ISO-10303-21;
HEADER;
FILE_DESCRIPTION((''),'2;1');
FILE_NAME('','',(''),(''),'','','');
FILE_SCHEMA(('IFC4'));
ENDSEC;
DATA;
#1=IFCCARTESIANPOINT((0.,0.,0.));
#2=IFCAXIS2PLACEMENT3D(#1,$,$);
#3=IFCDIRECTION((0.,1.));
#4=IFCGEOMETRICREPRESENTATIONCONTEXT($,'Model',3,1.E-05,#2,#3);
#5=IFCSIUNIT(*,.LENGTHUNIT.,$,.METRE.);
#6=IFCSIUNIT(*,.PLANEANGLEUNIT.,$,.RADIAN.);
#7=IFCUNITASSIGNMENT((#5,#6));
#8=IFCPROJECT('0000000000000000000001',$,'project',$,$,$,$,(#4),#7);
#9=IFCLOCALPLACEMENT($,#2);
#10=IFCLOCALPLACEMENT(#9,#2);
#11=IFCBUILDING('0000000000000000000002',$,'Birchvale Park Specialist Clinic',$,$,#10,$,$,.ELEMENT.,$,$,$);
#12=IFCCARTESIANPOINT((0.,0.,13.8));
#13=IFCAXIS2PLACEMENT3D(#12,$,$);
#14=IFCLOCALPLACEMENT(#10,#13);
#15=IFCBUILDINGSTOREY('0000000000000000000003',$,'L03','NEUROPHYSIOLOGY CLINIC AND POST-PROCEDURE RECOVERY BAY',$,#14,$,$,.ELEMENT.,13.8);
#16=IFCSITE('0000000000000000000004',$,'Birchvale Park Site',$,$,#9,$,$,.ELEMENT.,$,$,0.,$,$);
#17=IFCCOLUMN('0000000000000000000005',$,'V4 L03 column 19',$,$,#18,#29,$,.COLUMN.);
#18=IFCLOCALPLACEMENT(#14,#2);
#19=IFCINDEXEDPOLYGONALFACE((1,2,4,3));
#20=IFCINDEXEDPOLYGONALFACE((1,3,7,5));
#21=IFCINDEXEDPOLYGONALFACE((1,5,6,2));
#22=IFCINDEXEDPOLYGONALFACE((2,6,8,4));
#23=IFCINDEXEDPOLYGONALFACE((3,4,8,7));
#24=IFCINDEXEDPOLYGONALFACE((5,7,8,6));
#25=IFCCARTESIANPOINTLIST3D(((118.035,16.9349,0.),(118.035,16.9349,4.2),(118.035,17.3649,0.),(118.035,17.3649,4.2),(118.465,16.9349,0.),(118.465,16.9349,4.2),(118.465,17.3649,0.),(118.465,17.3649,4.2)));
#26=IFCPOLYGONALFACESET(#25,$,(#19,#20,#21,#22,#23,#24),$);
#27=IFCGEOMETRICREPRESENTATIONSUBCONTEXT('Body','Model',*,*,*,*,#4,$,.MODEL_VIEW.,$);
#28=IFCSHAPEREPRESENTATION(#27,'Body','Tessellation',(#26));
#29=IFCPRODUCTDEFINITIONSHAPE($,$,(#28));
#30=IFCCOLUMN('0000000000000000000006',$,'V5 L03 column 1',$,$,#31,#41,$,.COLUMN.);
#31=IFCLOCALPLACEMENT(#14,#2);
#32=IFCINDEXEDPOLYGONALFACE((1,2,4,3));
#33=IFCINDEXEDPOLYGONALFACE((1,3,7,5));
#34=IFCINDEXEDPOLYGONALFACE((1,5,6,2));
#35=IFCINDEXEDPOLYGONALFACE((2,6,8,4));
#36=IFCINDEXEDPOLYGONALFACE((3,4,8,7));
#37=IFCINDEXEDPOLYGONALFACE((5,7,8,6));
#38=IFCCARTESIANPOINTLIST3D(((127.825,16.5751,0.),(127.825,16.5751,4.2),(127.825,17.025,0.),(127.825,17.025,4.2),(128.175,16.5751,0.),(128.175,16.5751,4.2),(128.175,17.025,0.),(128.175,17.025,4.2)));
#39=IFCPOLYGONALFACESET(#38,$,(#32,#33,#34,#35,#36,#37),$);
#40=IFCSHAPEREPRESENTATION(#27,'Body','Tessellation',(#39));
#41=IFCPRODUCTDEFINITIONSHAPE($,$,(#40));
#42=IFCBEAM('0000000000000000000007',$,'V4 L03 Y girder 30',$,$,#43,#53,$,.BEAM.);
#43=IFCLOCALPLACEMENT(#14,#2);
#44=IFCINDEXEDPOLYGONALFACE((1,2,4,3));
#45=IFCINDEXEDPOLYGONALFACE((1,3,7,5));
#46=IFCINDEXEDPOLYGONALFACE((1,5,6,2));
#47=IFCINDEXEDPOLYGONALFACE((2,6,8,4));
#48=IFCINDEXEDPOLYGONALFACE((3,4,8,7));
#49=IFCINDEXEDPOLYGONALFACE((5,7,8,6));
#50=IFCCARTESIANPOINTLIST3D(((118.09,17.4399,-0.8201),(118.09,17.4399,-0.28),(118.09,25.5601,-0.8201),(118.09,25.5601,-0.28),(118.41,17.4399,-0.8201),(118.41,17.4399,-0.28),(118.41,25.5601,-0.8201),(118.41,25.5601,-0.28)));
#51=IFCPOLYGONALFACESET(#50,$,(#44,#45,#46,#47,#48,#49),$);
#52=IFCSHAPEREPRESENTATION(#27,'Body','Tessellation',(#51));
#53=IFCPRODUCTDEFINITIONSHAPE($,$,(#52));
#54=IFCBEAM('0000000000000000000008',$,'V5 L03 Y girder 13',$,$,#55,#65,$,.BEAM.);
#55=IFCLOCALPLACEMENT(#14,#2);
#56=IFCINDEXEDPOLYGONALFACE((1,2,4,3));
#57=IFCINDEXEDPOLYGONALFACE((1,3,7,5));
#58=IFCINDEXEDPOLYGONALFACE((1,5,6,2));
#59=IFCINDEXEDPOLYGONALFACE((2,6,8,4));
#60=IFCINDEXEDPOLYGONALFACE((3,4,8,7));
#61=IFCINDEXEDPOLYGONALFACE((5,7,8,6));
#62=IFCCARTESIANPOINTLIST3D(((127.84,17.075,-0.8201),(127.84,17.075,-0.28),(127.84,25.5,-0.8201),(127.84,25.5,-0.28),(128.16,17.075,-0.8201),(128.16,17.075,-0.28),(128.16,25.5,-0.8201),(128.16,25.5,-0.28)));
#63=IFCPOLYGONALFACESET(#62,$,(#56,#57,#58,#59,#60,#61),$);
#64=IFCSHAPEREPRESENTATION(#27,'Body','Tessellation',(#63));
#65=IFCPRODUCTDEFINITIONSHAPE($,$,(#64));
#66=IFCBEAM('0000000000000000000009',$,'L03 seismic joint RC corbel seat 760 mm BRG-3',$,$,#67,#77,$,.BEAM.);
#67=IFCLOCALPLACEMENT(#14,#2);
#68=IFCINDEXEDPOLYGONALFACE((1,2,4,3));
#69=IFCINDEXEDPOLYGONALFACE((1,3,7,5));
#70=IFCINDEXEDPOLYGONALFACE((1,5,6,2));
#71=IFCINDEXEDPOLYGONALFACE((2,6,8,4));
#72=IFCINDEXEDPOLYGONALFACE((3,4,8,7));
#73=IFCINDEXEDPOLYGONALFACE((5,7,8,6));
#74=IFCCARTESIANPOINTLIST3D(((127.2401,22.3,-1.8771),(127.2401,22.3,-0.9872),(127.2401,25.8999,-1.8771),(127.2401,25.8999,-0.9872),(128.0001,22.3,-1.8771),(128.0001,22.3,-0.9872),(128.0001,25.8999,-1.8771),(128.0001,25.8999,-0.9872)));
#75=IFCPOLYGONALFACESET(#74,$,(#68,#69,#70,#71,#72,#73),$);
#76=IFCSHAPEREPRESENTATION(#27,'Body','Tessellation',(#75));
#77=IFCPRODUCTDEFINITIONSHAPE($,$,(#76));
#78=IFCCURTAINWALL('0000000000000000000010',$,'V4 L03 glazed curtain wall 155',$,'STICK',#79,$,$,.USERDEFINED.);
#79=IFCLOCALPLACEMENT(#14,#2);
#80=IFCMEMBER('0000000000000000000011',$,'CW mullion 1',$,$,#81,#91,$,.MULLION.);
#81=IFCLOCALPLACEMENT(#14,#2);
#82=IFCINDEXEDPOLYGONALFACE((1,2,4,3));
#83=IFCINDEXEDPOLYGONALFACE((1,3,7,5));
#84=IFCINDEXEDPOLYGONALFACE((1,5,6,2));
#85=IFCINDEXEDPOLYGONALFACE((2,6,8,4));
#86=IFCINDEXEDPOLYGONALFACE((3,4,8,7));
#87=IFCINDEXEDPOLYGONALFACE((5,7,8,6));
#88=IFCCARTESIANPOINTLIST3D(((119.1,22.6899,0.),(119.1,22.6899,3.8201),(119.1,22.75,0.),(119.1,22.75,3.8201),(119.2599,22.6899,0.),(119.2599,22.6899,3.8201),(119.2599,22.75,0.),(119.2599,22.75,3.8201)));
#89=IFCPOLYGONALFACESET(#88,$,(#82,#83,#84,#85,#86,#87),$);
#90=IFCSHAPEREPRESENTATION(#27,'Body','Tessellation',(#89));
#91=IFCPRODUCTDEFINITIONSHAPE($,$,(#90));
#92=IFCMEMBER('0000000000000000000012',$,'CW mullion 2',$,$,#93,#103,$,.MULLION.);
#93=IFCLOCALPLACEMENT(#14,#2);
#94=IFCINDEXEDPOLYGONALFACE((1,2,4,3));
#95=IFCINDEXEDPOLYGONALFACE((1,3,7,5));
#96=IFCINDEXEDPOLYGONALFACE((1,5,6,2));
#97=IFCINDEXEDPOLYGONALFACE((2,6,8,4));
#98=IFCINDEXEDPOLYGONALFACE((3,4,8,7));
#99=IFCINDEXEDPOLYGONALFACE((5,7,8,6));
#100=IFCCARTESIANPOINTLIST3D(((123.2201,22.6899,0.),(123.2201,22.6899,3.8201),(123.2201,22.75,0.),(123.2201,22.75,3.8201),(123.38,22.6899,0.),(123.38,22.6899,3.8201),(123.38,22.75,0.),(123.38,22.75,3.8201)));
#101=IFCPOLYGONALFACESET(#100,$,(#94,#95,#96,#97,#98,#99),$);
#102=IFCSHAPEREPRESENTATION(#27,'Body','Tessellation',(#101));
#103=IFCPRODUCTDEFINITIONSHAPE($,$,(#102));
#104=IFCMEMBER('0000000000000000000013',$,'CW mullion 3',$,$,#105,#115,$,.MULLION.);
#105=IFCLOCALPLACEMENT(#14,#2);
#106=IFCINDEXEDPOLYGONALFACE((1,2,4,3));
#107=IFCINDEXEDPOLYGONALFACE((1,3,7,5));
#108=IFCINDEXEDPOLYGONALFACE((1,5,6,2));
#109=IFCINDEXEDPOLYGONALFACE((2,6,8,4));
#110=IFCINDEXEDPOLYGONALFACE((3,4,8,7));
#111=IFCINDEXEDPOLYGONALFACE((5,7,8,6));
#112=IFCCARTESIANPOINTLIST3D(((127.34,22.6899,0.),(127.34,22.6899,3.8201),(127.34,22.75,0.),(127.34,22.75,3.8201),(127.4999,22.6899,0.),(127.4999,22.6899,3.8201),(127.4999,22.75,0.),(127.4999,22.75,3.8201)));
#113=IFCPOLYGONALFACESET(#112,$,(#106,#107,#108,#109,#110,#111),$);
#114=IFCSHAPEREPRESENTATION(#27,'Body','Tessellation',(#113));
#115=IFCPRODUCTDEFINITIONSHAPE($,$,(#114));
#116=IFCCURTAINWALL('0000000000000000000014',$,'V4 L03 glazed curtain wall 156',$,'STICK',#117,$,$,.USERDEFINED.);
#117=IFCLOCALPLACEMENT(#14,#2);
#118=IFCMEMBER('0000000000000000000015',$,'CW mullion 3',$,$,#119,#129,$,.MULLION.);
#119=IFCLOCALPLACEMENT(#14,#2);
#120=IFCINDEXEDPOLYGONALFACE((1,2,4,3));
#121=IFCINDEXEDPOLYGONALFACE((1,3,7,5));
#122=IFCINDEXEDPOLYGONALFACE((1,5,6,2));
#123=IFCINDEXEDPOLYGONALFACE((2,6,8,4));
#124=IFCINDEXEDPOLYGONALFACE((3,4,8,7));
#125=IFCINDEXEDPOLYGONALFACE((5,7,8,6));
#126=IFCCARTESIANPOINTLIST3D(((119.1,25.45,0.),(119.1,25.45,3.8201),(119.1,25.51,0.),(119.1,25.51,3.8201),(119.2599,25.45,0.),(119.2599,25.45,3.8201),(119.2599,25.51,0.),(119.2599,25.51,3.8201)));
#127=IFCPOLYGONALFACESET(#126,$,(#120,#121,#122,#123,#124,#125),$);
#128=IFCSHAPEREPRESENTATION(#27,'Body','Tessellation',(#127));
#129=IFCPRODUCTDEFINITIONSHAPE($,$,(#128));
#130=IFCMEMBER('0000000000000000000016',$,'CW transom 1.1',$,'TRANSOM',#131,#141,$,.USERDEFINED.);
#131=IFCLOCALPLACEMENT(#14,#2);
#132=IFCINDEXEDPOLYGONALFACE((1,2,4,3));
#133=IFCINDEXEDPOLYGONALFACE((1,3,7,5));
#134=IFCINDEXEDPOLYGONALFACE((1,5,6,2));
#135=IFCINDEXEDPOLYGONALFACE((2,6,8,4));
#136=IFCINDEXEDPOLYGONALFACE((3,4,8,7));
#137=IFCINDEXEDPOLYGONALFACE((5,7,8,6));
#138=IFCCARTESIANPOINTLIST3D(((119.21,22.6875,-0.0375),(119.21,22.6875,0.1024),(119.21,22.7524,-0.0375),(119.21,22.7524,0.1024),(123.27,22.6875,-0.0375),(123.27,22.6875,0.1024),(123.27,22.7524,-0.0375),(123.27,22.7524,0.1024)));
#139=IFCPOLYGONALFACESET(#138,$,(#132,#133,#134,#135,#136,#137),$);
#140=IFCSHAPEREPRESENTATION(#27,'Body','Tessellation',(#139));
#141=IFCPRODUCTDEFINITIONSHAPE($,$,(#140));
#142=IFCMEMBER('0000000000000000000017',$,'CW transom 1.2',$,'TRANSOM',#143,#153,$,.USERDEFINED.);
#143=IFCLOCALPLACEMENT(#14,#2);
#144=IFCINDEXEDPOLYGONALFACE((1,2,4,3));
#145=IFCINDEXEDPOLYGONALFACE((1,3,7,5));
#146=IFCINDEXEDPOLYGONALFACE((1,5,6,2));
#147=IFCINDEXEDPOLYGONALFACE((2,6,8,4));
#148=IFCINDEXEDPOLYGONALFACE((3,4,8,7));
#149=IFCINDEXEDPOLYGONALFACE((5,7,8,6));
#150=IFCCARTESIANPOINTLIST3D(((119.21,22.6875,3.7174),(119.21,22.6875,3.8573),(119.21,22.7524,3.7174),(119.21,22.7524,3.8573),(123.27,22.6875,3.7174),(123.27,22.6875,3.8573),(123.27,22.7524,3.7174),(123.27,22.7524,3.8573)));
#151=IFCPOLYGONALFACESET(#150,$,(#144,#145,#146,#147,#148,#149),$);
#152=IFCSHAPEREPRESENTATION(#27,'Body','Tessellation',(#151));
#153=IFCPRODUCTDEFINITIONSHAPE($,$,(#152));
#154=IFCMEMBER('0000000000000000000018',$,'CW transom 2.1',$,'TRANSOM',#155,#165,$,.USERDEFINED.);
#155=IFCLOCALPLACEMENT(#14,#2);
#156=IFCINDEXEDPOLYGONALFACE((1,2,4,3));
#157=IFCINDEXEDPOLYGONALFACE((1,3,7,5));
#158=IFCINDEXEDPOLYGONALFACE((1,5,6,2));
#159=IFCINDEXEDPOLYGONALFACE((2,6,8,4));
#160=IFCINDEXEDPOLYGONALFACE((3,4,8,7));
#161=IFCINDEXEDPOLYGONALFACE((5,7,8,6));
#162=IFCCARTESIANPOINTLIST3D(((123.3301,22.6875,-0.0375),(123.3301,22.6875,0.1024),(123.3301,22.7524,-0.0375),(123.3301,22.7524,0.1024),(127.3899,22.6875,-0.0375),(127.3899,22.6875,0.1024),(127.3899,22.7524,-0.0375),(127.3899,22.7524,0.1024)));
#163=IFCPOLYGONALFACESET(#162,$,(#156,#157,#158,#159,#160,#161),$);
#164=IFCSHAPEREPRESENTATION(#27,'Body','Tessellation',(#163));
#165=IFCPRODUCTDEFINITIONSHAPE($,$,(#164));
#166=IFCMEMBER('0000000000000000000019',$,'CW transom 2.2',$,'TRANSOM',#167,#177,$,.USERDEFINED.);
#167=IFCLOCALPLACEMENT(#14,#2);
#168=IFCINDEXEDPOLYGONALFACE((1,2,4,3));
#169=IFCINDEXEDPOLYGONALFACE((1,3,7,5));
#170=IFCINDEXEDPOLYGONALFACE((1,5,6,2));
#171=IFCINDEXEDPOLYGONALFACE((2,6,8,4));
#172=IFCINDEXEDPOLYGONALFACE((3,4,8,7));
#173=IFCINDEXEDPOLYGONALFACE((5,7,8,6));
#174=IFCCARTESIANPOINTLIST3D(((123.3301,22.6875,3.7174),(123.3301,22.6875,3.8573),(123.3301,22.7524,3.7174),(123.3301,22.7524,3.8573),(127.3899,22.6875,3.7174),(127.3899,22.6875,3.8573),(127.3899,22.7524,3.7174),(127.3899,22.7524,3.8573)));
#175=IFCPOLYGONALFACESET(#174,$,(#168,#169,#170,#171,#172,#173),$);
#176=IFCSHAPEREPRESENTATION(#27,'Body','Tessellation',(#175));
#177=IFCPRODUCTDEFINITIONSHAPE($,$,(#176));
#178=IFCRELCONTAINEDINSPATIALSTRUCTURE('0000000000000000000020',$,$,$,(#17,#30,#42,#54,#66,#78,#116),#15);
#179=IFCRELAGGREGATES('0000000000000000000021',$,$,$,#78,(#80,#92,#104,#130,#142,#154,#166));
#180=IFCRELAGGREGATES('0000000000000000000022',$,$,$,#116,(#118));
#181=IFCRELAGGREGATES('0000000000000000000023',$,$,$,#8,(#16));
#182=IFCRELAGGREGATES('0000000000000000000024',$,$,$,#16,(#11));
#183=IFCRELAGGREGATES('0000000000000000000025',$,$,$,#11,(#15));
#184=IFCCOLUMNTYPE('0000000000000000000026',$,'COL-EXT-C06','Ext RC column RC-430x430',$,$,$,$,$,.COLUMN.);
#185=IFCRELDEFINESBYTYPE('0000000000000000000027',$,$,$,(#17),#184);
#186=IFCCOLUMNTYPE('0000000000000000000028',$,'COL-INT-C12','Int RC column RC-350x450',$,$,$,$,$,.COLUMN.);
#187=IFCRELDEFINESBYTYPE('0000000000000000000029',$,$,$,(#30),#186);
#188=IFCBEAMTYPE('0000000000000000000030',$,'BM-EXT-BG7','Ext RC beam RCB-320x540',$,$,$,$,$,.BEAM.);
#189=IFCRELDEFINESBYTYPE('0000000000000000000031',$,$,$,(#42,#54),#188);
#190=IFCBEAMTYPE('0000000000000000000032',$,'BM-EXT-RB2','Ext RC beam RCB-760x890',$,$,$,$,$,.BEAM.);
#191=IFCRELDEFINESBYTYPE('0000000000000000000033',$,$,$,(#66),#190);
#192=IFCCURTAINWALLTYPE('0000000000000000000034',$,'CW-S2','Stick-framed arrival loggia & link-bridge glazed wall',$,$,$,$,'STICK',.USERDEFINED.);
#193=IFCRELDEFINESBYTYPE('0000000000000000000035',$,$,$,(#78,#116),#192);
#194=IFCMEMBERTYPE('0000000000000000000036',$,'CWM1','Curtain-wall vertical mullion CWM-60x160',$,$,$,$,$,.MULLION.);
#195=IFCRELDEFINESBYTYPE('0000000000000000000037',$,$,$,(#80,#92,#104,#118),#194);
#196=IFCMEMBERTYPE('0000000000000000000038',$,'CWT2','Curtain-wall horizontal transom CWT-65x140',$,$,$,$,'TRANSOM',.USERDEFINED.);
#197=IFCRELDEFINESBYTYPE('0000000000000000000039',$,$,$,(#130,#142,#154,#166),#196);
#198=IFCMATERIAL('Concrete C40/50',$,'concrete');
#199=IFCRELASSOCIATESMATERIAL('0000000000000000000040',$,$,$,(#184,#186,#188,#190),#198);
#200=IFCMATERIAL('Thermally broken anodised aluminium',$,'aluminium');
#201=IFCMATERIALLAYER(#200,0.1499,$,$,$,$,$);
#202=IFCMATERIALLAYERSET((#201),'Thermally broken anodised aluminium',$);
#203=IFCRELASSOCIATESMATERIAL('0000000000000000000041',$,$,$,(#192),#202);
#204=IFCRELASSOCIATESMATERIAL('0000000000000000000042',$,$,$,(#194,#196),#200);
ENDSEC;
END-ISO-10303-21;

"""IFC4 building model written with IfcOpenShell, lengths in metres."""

from ifc_helpers import new_model, si_unit, direction, frame, origin, origin_2d, place, context, subcontext, project, spatial, rectangle, extrude, material, layer, layer_set, material_profile, profile_set, type_object, element, aggregate, save


model = new_model("IFC4")

# Units and contexts
model_context = context("Model", 3, precision=1e-05, world=origin(), true_north=direction((0.0, 1.0)))
body_context = subcontext(model_context, "Body", "Model", "MODEL_VIEW")
ifc_project = project(units=[si_unit("LENGTHUNIT", "METRE"), si_unit("PLANEANGLEUNIT", "RADIAN")], contexts=[model_context])

# Site, building, storey
site_placement = place(None, origin())
site = spatial("IfcSite", under=ifc_project, at=site_placement, Name="Birchvale Park Site", CompositionType="ELEMENT", RefElevation=0.0)
building_placement = place(site_placement, origin())
building = spatial("IfcBuilding", under=site, at=building_placement, Name="Birchvale Park Specialist Clinic", CompositionType="ELEMENT")
storey_placement = place(building_placement, frame((0.0, 0.0, 13.8)))
storey = spatial("IfcBuildingStorey", under=building, at=storey_placement, Name="L03", Description="NEUROPHYSIOLOGY CLINIC AND POST-PROCEDURE RECOVERY BAY", CompositionType="ELEMENT", Elevation=13.8)

# Columns
ifc_material_1 = material(Name="Concrete C40/50", Category="concrete")
ifc_material_profile_1 = material_profile(ifc_material_1, rectangle(XDim=0.4299, YDim=0.4299, at=origin_2d()), Name="RC-430x430")
ifc_profile_set_1 = profile_set([ifc_material_profile_1], Name="Concrete C40/50")
column_type_1 = type_object("IfcColumnType", Name="COL-EXT-C06", Description="Ext RC column RC-430x430", PredefinedType="COLUMN", material=ifc_profile_set_1)
column_1_placement = place(storey_placement, frame((118.25, 17.1499, 0.0), z_axis=(0.0, 0.0, 1.0), x_axis=(1.0, 0.0, 0.0)))
element("IfcColumn", 1, at=column_1_placement, inside=storey, type_object=column_type_1, Name="V4 L03 column 19", PredefinedType="COLUMN", context=body_context, shape_type="SweptSolid", body=[
    extrude(rectangle(XDim=0.4299, YDim=0.4299, at=origin_2d()), origin(), (0.0, 0.0, 1.0), 4.2),
])
ifc_material_profile_2 = material_profile(ifc_material_1, rectangle(XDim=0.3501, YDim=0.45, at=origin_2d()), Name="RC-350x450")
ifc_profile_set_2 = profile_set([ifc_material_profile_2], Name="Concrete C40/50")
column_type_2 = type_object("IfcColumnType", Name="COL-INT-C12", Description="Int RC column RC-350x450", PredefinedType="COLUMN", material=ifc_profile_set_2)
column_2_placement = place(storey_placement, frame((128.0, 16.8, 0.0), z_axis=(0.0, 0.0, 1.0), x_axis=(1.0, 0.0, 0.0)))
element("IfcColumn", 2, at=column_2_placement, inside=storey, type_object=column_type_2, Name="V5 L03 column 1", PredefinedType="COLUMN", context=body_context, shape_type="SweptSolid", body=[
    extrude(rectangle(XDim=0.3501, YDim=0.45, at=origin_2d()), origin(), (0.0, 0.0, 1.0), 4.2),
])

# Beams
ifc_material_profile_3 = material_profile(ifc_material_1, rectangle(XDim=0.3201, YDim=0.54, at=origin_2d()), Name="RCB-320x540")
ifc_profile_set_3 = profile_set([ifc_material_profile_3], Name="Concrete C40/50")
beam_type_1 = type_object("IfcBeamType", Name="BM-EXT-BG7", Description="Ext RC beam RCB-320x540", PredefinedType="BEAM", material=ifc_profile_set_3)
beam_1_placement = place(storey_placement, frame((118.25, 17.4399, -0.55), z_axis=(0.0, 1.0, 0.0), x_axis=(-1.0, 0.0, 0.0)))
element("IfcBeam", 3, at=beam_1_placement, inside=storey, type_object=beam_type_1, Name="V4 L03 Y girder 30", PredefinedType="BEAM", context=body_context, shape_type="SweptSolid", body=[
    extrude(rectangle(XDim=0.3201, YDim=0.54, at=origin_2d()), origin(), (0.0, 0.0, 1.0), 8.1201),
])
beam_2_placement = place(storey_placement, frame((128.0, 17.075, -0.55), z_axis=(0.0, 1.0, 0.0), x_axis=(-1.0, 0.0, 0.0)))
element("IfcBeam", 4, at=beam_2_placement, inside=storey, type_object=beam_type_1, Name="V5 L03 Y girder 13", PredefinedType="BEAM", context=body_context, shape_type="SweptSolid", body=[
    extrude(rectangle(XDim=0.3201, YDim=0.54, at=origin_2d()), origin(), (0.0, 0.0, 1.0), 8.425),
])
ifc_material_profile_4 = material_profile(ifc_material_1, rectangle(XDim=0.76, YDim=0.8899, at=origin_2d()), Name="RCB-760x890")
ifc_profile_set_4 = profile_set([ifc_material_profile_4], Name="Concrete C40/50")
beam_type_2 = type_object("IfcBeamType", Name="BM-EXT-RB2", Description="Ext RC beam RCB-760x890", PredefinedType="BEAM", material=ifc_profile_set_4)
beam_3_placement = place(storey_placement, frame((127.6201, 22.3, -1.4321), z_axis=(0.0, 1.0, 0.0), x_axis=(-1.0, 0.0, 0.0)))
element("IfcBeam", 5, at=beam_3_placement, inside=storey, type_object=beam_type_2, Name="L03 seismic joint RC corbel seat 760 mm BRG-3", PredefinedType="BEAM", context=body_context, shape_type="SweptSolid", body=[
    extrude(rectangle(XDim=0.76, YDim=0.8899, at=origin_2d()), origin(), (0.0, 0.0, 1.0), 3.5999),
])

# Curtain wall, members
ifc_material_2 = material(Name="Thermally broken anodised aluminium", Category="aluminium")
ifc_layer_1 = layer(ifc_material_2, 0.1499)
ifc_layer_set_1 = layer_set([ifc_layer_1], Name="Thermally broken anodised aluminium")
curtain_wall_type = type_object("IfcCurtainWallType", Name="CW-S2", Description="Stick-framed arrival loggia & link-bridge glazed wall", ElementType="STICK", PredefinedType="USERDEFINED", material=ifc_layer_set_1)
curtain_wall_1_placement = place(storey_placement, origin())
curtain_wall_1 = element("IfcCurtainWall", 6, at=curtain_wall_1_placement, inside=storey, type_object=curtain_wall_type, Name="V4 L03 glazed curtain wall 155", ObjectType="STICK", PredefinedType="USERDEFINED")
ifc_material_profile_5 = material_profile(ifc_material_2, rectangle(XDim=0.0601, YDim=0.1599, at=origin_2d()), Name="CWM-60x160")
ifc_profile_set_5 = profile_set([ifc_material_profile_5], Name="Thermally broken anodised aluminium")
member_type_1 = type_object("IfcMemberType", Name="CWM1", Description="Curtain-wall vertical mullion CWM-60x160", PredefinedType="MULLION", material=ifc_profile_set_5)
member_1_placement = place(storey_placement, frame((119.1799, 22.72, 0.0), z_axis=(0.0, 0.0, 1.0), x_axis=(0.0, 1.0, 0.0)))
member_1 = element("IfcMember", 7, at=member_1_placement, type_object=member_type_1, Name="CW mullion 1", PredefinedType="MULLION", context=body_context, shape_type="SweptSolid", body=[
    extrude(rectangle(XDim=0.0601, YDim=0.1599, at=origin_2d()), origin(), (0.0, 0.0, 1.0), 3.8201),
])
member_2_placement = place(storey_placement, frame((123.3, 22.72, 0.0), z_axis=(0.0, 0.0, 1.0), x_axis=(0.0, 1.0, 0.0)))
member_2 = element("IfcMember", 8, at=member_2_placement, type_object=member_type_1, Name="CW mullion 2", PredefinedType="MULLION", context=body_context, shape_type="SweptSolid", body=[
    extrude(rectangle(XDim=0.0601, YDim=0.1599, at=origin_2d()), origin(), (0.0, 0.0, 1.0), 3.8201),
])
member_3_placement = place(storey_placement, frame((127.4199, 22.72, 0.0), z_axis=(0.0, 0.0, 1.0), x_axis=(0.0, 1.0, 0.0)))
member_3 = element("IfcMember", 9, at=member_3_placement, type_object=member_type_1, Name="CW mullion 3", PredefinedType="MULLION", context=body_context, shape_type="SweptSolid", body=[
    extrude(rectangle(XDim=0.0601, YDim=0.1599, at=origin_2d()), origin(), (0.0, 0.0, 1.0), 3.8201),
])

# Curtain wall, member
curtain_wall_2_placement = place(storey_placement, origin())
curtain_wall_2 = element("IfcCurtainWall", 10, at=curtain_wall_2_placement, inside=storey, type_object=curtain_wall_type, Name="V4 L03 glazed curtain wall 156", ObjectType="STICK", PredefinedType="USERDEFINED")
member_4_placement = place(storey_placement, frame((119.1799, 25.48, 0.0), z_axis=(0.0, 0.0, 1.0), x_axis=(0.0, -1.0, 0.0)))
member_4 = element("IfcMember", 11, at=member_4_placement, type_object=member_type_1, Name="CW mullion 3", PredefinedType="MULLION", context=body_context, shape_type="SweptSolid", body=[
    extrude(rectangle(XDim=0.0601, YDim=0.1599, at=origin_2d()), origin(), (0.0, 0.0, 1.0), 3.8201),
])

# Members
ifc_material_profile_6 = material_profile(ifc_material_2, rectangle(XDim=0.0649, YDim=0.1399, at=origin_2d()), Name="CWT-65x140")
ifc_profile_set_6 = profile_set([ifc_material_profile_6], Name="Thermally broken anodised aluminium")
member_type_2 = type_object("IfcMemberType", Name="CWT2", Description="Curtain-wall horizontal transom CWT-65x140", ElementType="TRANSOM", PredefinedType="USERDEFINED", material=ifc_profile_set_6)
member_5_placement = place(storey_placement, frame((119.21, 22.72, 0.0325), z_axis=(1.0, 0.0, 0.0), x_axis=(0.0, 1.0, 0.0)))
member_5 = element("IfcMember", 12, at=member_5_placement, type_object=member_type_2, Name="CW transom 1.1", ObjectType="TRANSOM", PredefinedType="USERDEFINED", context=body_context, shape_type="SweptSolid", body=[
    extrude(rectangle(XDim=0.0649, YDim=0.1399, at=origin_2d()), origin(), (0.0, 0.0, 1.0), 4.0601),
])
member_6_placement = place(storey_placement, frame((119.21, 22.72, 3.7874), z_axis=(1.0, 0.0, 0.0), x_axis=(0.0, 1.0, 0.0)))
member_6 = element("IfcMember", 13, at=member_6_placement, type_object=member_type_2, Name="CW transom 1.2", ObjectType="TRANSOM", PredefinedType="USERDEFINED", context=body_context, shape_type="SweptSolid", body=[
    extrude(rectangle(XDim=0.0649, YDim=0.1399, at=origin_2d()), origin(), (0.0, 0.0, 1.0), 4.0601),
])
member_7_placement = place(storey_placement, frame((123.3301, 22.72, 0.0325), z_axis=(1.0, 0.0, 0.0), x_axis=(0.0, 1.0, 0.0)))
member_7 = element("IfcMember", 14, at=member_7_placement, type_object=member_type_2, Name="CW transom 2.1", ObjectType="TRANSOM", PredefinedType="USERDEFINED", context=body_context, shape_type="SweptSolid", body=[
    extrude(rectangle(XDim=0.0649, YDim=0.1399, at=origin_2d()), origin(), (0.0, 0.0, 1.0), 4.0598),
])
member_8_placement = place(storey_placement, frame((123.3301, 22.72, 3.7874), z_axis=(1.0, 0.0, 0.0), x_axis=(0.0, 1.0, 0.0)))
member_8 = element("IfcMember", 15, at=member_8_placement, type_object=member_type_2, Name="CW transom 2.2", ObjectType="TRANSOM", PredefinedType="USERDEFINED", context=body_context, shape_type="SweptSolid", body=[
    extrude(rectangle(XDim=0.0649, YDim=0.1399, at=origin_2d()), origin(), (0.0, 0.0, 1.0), 4.0598),
])

aggregate(curtain_wall_1, [member_1, member_2, member_3, member_5, member_6, member_7, member_8])
aggregate(curtain_wall_2, [member_4])

save(model, "model.ifc")
